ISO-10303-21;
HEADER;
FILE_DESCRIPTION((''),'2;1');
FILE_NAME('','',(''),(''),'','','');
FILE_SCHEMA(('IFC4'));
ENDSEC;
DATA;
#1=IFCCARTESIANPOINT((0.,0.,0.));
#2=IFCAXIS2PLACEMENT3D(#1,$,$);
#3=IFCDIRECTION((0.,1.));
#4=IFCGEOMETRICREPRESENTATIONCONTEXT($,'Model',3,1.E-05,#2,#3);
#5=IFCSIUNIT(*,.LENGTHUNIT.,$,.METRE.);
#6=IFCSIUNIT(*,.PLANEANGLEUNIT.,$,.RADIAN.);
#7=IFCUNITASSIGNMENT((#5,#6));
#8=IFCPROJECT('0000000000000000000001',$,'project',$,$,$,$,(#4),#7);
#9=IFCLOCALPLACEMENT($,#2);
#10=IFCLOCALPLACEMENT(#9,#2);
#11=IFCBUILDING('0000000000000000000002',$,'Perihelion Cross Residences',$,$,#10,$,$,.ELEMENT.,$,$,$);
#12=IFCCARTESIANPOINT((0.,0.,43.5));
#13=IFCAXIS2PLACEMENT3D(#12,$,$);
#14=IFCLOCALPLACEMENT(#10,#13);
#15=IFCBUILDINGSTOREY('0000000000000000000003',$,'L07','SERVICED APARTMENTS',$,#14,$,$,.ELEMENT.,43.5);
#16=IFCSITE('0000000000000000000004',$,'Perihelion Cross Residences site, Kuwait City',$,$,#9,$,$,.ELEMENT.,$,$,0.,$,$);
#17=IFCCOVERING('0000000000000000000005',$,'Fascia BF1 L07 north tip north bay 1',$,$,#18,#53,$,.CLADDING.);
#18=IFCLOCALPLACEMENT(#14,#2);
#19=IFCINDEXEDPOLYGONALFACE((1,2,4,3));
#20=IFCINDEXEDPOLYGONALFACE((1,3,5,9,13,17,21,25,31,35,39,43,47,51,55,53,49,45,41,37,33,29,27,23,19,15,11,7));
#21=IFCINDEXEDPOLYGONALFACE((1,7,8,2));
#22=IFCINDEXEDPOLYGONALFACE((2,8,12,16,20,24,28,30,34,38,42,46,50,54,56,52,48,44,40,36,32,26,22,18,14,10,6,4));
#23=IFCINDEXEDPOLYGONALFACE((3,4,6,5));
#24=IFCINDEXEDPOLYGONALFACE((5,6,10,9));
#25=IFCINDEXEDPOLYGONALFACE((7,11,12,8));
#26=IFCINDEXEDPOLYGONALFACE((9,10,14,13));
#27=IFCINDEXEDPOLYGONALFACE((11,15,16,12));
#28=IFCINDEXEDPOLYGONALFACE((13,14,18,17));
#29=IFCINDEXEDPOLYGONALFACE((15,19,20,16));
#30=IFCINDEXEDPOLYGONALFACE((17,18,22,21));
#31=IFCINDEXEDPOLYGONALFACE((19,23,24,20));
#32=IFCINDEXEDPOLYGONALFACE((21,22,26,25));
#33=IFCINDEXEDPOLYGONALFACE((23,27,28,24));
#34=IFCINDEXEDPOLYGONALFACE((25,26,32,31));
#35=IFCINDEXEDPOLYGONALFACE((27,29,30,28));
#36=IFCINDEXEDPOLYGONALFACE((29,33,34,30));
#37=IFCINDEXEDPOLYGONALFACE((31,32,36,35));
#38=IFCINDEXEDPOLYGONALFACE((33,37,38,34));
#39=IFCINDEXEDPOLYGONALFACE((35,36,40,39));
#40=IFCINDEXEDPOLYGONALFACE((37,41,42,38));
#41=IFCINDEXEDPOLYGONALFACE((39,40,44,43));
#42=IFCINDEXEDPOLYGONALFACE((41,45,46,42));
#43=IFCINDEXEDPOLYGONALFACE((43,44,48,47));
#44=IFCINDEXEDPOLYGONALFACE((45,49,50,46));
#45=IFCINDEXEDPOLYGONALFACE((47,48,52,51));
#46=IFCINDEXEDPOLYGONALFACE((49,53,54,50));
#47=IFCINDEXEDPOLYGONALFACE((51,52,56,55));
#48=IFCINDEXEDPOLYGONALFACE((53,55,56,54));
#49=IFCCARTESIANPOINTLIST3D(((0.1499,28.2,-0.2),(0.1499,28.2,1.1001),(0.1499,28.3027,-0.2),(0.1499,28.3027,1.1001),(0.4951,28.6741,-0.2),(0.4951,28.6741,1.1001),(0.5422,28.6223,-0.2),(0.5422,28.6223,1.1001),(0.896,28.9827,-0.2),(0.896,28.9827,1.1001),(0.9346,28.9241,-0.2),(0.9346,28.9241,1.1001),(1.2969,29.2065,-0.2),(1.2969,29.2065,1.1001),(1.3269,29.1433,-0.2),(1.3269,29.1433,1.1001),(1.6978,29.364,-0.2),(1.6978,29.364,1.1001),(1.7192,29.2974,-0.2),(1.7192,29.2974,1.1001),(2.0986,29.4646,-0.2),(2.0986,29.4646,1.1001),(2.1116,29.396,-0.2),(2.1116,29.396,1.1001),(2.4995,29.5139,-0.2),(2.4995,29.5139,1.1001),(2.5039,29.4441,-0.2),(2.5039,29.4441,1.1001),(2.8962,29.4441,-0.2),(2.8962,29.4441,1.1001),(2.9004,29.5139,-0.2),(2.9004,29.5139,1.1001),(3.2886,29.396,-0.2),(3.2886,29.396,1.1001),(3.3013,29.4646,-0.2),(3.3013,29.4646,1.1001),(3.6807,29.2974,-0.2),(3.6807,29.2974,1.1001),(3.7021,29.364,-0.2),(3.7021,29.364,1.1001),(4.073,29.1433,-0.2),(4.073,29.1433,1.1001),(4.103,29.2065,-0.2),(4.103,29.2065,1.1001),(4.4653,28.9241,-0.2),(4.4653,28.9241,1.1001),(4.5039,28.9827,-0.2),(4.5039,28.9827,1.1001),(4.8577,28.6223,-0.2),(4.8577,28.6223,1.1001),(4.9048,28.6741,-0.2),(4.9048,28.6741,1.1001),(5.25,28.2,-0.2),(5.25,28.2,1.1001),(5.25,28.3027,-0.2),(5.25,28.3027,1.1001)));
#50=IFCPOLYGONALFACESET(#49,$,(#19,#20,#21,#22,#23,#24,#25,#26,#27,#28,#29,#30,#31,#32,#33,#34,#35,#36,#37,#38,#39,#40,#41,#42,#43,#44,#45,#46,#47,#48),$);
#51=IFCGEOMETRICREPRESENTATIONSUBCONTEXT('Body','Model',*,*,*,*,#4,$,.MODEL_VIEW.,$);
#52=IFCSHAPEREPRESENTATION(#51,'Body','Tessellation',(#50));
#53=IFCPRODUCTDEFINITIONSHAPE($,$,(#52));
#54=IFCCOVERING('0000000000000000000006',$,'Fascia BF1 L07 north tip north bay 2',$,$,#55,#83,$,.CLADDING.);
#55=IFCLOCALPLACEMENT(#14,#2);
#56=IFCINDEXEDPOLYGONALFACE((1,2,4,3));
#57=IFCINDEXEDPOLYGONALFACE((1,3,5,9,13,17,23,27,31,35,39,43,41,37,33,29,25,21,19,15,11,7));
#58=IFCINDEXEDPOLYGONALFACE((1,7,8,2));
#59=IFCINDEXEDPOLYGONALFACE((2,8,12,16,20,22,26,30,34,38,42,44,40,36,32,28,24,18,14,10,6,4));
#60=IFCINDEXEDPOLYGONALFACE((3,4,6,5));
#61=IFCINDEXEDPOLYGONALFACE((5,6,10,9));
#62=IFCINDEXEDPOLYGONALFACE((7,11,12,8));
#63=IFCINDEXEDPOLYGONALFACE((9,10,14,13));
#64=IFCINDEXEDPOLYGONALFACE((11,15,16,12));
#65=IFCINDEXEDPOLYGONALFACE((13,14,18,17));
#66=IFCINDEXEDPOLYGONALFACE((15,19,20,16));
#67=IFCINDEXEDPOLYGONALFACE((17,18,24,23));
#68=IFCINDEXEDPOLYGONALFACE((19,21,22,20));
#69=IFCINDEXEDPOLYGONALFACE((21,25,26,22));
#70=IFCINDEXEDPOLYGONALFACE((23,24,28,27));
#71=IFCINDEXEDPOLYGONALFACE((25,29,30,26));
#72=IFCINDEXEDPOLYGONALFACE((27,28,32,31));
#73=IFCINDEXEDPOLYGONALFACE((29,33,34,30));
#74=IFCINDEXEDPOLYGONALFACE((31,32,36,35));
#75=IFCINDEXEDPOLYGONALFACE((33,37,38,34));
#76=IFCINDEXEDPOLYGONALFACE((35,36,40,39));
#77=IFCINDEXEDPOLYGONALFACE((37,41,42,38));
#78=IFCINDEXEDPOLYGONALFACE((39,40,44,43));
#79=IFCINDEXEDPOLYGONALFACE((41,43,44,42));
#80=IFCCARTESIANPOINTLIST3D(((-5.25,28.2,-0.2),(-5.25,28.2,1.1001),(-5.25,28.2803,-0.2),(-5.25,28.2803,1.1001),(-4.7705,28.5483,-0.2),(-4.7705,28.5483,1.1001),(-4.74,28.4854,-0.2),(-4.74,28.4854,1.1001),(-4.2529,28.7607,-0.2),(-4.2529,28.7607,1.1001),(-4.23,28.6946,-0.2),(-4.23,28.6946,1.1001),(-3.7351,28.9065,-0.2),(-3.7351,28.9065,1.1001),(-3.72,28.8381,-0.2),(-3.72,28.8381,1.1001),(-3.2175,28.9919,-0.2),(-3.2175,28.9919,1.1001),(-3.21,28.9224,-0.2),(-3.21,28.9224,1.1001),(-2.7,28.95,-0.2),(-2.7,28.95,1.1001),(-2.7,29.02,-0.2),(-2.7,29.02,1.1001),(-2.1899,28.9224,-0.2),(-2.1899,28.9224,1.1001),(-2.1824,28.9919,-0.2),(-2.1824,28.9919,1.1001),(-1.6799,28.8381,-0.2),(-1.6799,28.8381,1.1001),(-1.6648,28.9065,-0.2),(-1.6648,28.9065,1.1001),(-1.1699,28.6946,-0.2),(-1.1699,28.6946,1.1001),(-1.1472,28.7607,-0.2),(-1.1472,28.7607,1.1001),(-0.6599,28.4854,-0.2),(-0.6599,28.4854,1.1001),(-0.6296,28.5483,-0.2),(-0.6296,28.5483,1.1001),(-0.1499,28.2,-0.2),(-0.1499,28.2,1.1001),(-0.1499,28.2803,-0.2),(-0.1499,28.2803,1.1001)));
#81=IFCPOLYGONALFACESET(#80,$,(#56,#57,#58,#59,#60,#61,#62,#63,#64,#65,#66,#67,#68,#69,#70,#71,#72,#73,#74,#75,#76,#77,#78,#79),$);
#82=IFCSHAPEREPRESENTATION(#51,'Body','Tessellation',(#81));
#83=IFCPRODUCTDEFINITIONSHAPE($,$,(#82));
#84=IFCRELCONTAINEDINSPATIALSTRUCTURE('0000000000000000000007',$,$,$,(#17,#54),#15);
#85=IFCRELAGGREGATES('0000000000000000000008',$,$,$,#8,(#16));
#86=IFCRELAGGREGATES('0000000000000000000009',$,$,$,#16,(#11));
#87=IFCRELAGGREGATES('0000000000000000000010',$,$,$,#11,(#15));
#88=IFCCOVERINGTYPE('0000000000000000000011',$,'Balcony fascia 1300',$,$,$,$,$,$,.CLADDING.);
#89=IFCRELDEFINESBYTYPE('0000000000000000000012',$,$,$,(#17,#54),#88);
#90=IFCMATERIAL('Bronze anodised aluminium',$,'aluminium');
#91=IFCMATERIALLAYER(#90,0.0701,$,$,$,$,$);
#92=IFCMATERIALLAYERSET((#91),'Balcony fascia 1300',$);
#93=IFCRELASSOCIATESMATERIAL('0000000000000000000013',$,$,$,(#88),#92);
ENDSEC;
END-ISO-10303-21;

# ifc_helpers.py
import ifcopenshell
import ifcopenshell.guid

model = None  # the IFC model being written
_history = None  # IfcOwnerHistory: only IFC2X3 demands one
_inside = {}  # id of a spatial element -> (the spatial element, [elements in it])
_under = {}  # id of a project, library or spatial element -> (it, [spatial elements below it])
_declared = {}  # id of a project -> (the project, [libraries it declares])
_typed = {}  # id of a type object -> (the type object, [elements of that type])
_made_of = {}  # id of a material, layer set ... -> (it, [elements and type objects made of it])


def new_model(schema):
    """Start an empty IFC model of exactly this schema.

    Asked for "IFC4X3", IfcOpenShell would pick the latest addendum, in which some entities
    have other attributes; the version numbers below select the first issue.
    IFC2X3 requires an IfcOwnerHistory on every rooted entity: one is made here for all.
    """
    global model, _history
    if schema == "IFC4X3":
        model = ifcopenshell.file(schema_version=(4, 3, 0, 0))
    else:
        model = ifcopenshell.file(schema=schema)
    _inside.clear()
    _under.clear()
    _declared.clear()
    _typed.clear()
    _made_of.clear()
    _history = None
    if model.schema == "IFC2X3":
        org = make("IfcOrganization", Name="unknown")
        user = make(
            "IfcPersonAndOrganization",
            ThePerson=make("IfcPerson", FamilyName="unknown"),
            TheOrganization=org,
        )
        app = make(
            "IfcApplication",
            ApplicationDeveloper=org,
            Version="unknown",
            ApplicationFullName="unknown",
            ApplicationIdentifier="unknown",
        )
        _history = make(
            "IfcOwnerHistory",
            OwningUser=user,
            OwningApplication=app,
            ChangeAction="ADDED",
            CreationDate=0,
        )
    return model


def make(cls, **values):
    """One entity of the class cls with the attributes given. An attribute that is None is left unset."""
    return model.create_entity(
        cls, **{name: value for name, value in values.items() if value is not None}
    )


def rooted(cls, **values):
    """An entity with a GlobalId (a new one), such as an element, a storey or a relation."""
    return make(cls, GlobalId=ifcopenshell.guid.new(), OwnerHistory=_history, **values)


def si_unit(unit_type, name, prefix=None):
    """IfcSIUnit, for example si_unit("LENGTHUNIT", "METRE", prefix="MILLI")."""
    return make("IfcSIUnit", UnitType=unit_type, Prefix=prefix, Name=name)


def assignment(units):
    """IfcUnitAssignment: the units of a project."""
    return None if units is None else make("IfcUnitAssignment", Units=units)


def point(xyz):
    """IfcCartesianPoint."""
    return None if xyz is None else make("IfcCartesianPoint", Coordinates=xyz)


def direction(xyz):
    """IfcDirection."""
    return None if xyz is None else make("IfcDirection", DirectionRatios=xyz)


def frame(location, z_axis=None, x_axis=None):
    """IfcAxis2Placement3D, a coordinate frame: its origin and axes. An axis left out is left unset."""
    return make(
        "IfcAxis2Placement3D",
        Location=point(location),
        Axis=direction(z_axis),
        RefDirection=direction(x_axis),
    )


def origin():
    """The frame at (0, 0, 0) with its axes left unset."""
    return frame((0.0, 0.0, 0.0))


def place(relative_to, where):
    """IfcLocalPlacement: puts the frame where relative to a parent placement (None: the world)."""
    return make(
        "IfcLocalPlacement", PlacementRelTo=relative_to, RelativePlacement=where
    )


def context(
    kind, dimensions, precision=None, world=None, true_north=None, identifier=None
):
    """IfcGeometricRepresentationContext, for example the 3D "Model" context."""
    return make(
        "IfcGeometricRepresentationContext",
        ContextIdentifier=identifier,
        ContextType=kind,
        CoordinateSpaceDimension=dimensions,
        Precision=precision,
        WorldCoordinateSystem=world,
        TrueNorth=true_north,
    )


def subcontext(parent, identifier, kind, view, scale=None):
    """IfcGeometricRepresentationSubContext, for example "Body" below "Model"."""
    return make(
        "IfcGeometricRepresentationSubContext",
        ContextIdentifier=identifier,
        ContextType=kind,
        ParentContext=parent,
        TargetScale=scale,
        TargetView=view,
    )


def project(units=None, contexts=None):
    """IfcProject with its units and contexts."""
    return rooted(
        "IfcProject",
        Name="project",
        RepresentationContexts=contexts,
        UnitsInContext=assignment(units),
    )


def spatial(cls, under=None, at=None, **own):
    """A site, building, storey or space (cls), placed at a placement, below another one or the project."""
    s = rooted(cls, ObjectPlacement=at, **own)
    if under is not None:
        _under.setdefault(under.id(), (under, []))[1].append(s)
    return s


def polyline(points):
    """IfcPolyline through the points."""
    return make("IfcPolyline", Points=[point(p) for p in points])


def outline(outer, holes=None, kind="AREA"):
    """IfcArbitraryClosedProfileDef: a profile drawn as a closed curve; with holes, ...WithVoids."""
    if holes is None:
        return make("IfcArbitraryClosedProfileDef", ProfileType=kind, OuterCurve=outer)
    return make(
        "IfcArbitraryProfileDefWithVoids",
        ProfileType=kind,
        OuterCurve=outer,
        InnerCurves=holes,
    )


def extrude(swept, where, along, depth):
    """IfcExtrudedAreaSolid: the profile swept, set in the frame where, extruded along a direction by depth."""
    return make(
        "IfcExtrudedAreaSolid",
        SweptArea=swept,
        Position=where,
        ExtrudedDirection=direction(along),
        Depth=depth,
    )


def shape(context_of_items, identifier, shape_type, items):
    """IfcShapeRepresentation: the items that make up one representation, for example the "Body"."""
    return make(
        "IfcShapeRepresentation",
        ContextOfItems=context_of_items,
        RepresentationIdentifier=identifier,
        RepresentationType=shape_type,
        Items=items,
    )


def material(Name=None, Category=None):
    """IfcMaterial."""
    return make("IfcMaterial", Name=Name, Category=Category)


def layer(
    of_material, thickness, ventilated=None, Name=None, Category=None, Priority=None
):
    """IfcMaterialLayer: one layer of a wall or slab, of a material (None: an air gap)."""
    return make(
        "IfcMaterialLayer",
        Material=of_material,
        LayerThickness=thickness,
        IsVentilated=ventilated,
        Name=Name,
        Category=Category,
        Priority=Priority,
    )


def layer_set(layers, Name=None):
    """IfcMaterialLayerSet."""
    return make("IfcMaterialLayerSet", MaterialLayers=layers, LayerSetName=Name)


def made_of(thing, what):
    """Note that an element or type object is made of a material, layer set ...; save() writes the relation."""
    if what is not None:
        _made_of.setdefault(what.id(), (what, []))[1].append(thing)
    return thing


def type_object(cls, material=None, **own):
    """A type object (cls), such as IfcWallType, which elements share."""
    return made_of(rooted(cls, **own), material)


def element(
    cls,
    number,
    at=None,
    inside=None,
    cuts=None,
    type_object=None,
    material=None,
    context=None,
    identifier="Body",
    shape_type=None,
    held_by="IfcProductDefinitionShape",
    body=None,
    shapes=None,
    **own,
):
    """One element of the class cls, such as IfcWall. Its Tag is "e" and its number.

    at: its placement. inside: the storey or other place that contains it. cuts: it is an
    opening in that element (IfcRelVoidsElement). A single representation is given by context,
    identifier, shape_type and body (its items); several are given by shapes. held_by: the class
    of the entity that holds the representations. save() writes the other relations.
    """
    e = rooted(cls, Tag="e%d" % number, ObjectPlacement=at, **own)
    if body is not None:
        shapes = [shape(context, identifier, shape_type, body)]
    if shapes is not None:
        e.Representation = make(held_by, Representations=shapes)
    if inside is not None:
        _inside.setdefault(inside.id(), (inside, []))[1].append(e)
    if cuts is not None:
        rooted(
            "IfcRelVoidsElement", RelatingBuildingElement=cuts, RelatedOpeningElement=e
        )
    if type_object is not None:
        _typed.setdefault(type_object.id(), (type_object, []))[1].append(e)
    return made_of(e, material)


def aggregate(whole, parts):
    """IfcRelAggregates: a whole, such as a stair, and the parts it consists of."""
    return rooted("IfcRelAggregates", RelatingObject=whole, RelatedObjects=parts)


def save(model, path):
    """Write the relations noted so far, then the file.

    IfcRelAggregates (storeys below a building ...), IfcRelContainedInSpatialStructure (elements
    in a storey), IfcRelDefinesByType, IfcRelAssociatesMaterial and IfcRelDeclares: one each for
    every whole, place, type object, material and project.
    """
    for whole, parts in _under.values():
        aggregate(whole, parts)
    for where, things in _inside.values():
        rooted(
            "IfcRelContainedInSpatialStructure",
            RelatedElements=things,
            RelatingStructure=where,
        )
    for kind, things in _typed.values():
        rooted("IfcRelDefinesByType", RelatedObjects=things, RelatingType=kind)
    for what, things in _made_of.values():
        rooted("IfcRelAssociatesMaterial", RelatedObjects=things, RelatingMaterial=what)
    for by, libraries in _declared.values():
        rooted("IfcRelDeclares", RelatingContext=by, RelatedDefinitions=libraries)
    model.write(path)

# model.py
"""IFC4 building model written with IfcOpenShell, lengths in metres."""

from ifc_helpers import new_model, si_unit, direction, frame, origin, place, context, subcontext, project, spatial, polyline, outline, extrude, material, layer, layer_set, type_object, element, save


model = new_model("IFC4")

# Units and contexts
model_context = context("Model", 3, precision=1e-05, world=origin(), true_north=direction((0.0, 1.0)))
body_context = subcontext(model_context, "Body", "Model", "MODEL_VIEW")
ifc_project = project(units=[si_unit("LENGTHUNIT", "METRE"), si_unit("PLANEANGLEUNIT", "RADIAN")], contexts=[model_context])

# Site, building, storey
site_placement = place(None, origin())
site = spatial("IfcSite", under=ifc_project, at=site_placement, Name="Perihelion Cross Residences site, Kuwait City", CompositionType="ELEMENT", RefElevation=0.0)
building_placement = place(site_placement, origin())
building = spatial("IfcBuilding", under=site, at=building_placement, Name="Perihelion Cross Residences", CompositionType="ELEMENT")
storey_placement = place(building_placement, frame((0.0, 0.0, 43.5)))
storey = spatial("IfcBuildingStorey", under=building, at=storey_placement, Name="L07", Description="SERVICED APARTMENTS", CompositionType="ELEMENT", Elevation=43.5)

# Coverings
ifc_material_1 = material(Name="Bronze anodised aluminium", Category="aluminium")
ifc_layer_1 = layer(ifc_material_1, 0.0701)
ifc_layer_set_1 = layer_set([ifc_layer_1], Name="Balcony fascia 1300")
covering_type = type_object("IfcCoveringType", Name="Balcony fascia 1300", PredefinedType="CLADDING", material=ifc_layer_set_1)
covering_1_placement = place(storey_placement, frame((0.0, 0.0, -0.2)))
element("IfcCovering", 1, at=covering_1_placement, inside=storey, type_object=covering_type, Name="Fascia BF1 L07 north tip north bay 1", PredefinedType="CLADDING", context=body_context, shape_type="SweptSolid", body=[
    extrude(outline(polyline([(4.9048, 28.6741), (4.5039, 28.9827), (4.103, 29.2065), (3.7021, 29.364), (3.3013, 29.4646), (2.9004, 29.5139), (2.4995, 29.5139), (2.0986, 29.4646), (1.6978, 29.364), (1.2969, 29.2065), (0.896, 28.9827), (0.4951, 28.6741), (0.1499, 28.3027), (0.1499, 28.2), (0.5422, 28.6223), (0.9346, 28.9241), (1.3269, 29.1433), (1.7192, 29.2974), (2.1116, 29.396), (2.5039, 29.4441), (2.8962, 29.4441), (3.2886, 29.396), (3.6807, 29.2974), (4.073, 29.1433), (4.4653, 28.9241), (4.8577, 28.6223), (5.25, 28.2), (5.25, 28.3027), (4.9048, 28.6741)])), origin(), (0.0, 0.0, 1.0), 1.3),
])
covering_2_placement = place(storey_placement, frame((0.0, 0.0, -0.2)))
element("IfcCovering", 2, at=covering_2_placement, inside=storey, type_object=covering_type, Name="Fascia BF1 L07 north tip north bay 2", PredefinedType="CLADDING", context=body_context, shape_type="SweptSolid", body=[
    extrude(outline(polyline([(-0.6296, 28.5483), (-1.1472, 28.7607), (-1.6648, 28.9065), (-2.1824, 28.9919), (-2.7, 29.02), (-3.2175, 28.9919), (-3.7351, 28.9065), (-4.2529, 28.7607), (-4.7705, 28.5483), (-5.25, 28.2803), (-5.25, 28.2), (-4.74, 28.4854), (-4.23, 28.6946), (-3.72, 28.8381), (-3.21, 28.9224), (-2.7, 28.95), (-2.1899, 28.9224), (-1.6799, 28.8381), (-1.1699, 28.6946), (-0.6599, 28.4854), (-0.1499, 28.2), (-0.1499, 28.2803), (-0.6296, 28.5483)])), origin(), (0.0, 0.0, 1.0), 1.3),
])

save(model, "model.ifc")
